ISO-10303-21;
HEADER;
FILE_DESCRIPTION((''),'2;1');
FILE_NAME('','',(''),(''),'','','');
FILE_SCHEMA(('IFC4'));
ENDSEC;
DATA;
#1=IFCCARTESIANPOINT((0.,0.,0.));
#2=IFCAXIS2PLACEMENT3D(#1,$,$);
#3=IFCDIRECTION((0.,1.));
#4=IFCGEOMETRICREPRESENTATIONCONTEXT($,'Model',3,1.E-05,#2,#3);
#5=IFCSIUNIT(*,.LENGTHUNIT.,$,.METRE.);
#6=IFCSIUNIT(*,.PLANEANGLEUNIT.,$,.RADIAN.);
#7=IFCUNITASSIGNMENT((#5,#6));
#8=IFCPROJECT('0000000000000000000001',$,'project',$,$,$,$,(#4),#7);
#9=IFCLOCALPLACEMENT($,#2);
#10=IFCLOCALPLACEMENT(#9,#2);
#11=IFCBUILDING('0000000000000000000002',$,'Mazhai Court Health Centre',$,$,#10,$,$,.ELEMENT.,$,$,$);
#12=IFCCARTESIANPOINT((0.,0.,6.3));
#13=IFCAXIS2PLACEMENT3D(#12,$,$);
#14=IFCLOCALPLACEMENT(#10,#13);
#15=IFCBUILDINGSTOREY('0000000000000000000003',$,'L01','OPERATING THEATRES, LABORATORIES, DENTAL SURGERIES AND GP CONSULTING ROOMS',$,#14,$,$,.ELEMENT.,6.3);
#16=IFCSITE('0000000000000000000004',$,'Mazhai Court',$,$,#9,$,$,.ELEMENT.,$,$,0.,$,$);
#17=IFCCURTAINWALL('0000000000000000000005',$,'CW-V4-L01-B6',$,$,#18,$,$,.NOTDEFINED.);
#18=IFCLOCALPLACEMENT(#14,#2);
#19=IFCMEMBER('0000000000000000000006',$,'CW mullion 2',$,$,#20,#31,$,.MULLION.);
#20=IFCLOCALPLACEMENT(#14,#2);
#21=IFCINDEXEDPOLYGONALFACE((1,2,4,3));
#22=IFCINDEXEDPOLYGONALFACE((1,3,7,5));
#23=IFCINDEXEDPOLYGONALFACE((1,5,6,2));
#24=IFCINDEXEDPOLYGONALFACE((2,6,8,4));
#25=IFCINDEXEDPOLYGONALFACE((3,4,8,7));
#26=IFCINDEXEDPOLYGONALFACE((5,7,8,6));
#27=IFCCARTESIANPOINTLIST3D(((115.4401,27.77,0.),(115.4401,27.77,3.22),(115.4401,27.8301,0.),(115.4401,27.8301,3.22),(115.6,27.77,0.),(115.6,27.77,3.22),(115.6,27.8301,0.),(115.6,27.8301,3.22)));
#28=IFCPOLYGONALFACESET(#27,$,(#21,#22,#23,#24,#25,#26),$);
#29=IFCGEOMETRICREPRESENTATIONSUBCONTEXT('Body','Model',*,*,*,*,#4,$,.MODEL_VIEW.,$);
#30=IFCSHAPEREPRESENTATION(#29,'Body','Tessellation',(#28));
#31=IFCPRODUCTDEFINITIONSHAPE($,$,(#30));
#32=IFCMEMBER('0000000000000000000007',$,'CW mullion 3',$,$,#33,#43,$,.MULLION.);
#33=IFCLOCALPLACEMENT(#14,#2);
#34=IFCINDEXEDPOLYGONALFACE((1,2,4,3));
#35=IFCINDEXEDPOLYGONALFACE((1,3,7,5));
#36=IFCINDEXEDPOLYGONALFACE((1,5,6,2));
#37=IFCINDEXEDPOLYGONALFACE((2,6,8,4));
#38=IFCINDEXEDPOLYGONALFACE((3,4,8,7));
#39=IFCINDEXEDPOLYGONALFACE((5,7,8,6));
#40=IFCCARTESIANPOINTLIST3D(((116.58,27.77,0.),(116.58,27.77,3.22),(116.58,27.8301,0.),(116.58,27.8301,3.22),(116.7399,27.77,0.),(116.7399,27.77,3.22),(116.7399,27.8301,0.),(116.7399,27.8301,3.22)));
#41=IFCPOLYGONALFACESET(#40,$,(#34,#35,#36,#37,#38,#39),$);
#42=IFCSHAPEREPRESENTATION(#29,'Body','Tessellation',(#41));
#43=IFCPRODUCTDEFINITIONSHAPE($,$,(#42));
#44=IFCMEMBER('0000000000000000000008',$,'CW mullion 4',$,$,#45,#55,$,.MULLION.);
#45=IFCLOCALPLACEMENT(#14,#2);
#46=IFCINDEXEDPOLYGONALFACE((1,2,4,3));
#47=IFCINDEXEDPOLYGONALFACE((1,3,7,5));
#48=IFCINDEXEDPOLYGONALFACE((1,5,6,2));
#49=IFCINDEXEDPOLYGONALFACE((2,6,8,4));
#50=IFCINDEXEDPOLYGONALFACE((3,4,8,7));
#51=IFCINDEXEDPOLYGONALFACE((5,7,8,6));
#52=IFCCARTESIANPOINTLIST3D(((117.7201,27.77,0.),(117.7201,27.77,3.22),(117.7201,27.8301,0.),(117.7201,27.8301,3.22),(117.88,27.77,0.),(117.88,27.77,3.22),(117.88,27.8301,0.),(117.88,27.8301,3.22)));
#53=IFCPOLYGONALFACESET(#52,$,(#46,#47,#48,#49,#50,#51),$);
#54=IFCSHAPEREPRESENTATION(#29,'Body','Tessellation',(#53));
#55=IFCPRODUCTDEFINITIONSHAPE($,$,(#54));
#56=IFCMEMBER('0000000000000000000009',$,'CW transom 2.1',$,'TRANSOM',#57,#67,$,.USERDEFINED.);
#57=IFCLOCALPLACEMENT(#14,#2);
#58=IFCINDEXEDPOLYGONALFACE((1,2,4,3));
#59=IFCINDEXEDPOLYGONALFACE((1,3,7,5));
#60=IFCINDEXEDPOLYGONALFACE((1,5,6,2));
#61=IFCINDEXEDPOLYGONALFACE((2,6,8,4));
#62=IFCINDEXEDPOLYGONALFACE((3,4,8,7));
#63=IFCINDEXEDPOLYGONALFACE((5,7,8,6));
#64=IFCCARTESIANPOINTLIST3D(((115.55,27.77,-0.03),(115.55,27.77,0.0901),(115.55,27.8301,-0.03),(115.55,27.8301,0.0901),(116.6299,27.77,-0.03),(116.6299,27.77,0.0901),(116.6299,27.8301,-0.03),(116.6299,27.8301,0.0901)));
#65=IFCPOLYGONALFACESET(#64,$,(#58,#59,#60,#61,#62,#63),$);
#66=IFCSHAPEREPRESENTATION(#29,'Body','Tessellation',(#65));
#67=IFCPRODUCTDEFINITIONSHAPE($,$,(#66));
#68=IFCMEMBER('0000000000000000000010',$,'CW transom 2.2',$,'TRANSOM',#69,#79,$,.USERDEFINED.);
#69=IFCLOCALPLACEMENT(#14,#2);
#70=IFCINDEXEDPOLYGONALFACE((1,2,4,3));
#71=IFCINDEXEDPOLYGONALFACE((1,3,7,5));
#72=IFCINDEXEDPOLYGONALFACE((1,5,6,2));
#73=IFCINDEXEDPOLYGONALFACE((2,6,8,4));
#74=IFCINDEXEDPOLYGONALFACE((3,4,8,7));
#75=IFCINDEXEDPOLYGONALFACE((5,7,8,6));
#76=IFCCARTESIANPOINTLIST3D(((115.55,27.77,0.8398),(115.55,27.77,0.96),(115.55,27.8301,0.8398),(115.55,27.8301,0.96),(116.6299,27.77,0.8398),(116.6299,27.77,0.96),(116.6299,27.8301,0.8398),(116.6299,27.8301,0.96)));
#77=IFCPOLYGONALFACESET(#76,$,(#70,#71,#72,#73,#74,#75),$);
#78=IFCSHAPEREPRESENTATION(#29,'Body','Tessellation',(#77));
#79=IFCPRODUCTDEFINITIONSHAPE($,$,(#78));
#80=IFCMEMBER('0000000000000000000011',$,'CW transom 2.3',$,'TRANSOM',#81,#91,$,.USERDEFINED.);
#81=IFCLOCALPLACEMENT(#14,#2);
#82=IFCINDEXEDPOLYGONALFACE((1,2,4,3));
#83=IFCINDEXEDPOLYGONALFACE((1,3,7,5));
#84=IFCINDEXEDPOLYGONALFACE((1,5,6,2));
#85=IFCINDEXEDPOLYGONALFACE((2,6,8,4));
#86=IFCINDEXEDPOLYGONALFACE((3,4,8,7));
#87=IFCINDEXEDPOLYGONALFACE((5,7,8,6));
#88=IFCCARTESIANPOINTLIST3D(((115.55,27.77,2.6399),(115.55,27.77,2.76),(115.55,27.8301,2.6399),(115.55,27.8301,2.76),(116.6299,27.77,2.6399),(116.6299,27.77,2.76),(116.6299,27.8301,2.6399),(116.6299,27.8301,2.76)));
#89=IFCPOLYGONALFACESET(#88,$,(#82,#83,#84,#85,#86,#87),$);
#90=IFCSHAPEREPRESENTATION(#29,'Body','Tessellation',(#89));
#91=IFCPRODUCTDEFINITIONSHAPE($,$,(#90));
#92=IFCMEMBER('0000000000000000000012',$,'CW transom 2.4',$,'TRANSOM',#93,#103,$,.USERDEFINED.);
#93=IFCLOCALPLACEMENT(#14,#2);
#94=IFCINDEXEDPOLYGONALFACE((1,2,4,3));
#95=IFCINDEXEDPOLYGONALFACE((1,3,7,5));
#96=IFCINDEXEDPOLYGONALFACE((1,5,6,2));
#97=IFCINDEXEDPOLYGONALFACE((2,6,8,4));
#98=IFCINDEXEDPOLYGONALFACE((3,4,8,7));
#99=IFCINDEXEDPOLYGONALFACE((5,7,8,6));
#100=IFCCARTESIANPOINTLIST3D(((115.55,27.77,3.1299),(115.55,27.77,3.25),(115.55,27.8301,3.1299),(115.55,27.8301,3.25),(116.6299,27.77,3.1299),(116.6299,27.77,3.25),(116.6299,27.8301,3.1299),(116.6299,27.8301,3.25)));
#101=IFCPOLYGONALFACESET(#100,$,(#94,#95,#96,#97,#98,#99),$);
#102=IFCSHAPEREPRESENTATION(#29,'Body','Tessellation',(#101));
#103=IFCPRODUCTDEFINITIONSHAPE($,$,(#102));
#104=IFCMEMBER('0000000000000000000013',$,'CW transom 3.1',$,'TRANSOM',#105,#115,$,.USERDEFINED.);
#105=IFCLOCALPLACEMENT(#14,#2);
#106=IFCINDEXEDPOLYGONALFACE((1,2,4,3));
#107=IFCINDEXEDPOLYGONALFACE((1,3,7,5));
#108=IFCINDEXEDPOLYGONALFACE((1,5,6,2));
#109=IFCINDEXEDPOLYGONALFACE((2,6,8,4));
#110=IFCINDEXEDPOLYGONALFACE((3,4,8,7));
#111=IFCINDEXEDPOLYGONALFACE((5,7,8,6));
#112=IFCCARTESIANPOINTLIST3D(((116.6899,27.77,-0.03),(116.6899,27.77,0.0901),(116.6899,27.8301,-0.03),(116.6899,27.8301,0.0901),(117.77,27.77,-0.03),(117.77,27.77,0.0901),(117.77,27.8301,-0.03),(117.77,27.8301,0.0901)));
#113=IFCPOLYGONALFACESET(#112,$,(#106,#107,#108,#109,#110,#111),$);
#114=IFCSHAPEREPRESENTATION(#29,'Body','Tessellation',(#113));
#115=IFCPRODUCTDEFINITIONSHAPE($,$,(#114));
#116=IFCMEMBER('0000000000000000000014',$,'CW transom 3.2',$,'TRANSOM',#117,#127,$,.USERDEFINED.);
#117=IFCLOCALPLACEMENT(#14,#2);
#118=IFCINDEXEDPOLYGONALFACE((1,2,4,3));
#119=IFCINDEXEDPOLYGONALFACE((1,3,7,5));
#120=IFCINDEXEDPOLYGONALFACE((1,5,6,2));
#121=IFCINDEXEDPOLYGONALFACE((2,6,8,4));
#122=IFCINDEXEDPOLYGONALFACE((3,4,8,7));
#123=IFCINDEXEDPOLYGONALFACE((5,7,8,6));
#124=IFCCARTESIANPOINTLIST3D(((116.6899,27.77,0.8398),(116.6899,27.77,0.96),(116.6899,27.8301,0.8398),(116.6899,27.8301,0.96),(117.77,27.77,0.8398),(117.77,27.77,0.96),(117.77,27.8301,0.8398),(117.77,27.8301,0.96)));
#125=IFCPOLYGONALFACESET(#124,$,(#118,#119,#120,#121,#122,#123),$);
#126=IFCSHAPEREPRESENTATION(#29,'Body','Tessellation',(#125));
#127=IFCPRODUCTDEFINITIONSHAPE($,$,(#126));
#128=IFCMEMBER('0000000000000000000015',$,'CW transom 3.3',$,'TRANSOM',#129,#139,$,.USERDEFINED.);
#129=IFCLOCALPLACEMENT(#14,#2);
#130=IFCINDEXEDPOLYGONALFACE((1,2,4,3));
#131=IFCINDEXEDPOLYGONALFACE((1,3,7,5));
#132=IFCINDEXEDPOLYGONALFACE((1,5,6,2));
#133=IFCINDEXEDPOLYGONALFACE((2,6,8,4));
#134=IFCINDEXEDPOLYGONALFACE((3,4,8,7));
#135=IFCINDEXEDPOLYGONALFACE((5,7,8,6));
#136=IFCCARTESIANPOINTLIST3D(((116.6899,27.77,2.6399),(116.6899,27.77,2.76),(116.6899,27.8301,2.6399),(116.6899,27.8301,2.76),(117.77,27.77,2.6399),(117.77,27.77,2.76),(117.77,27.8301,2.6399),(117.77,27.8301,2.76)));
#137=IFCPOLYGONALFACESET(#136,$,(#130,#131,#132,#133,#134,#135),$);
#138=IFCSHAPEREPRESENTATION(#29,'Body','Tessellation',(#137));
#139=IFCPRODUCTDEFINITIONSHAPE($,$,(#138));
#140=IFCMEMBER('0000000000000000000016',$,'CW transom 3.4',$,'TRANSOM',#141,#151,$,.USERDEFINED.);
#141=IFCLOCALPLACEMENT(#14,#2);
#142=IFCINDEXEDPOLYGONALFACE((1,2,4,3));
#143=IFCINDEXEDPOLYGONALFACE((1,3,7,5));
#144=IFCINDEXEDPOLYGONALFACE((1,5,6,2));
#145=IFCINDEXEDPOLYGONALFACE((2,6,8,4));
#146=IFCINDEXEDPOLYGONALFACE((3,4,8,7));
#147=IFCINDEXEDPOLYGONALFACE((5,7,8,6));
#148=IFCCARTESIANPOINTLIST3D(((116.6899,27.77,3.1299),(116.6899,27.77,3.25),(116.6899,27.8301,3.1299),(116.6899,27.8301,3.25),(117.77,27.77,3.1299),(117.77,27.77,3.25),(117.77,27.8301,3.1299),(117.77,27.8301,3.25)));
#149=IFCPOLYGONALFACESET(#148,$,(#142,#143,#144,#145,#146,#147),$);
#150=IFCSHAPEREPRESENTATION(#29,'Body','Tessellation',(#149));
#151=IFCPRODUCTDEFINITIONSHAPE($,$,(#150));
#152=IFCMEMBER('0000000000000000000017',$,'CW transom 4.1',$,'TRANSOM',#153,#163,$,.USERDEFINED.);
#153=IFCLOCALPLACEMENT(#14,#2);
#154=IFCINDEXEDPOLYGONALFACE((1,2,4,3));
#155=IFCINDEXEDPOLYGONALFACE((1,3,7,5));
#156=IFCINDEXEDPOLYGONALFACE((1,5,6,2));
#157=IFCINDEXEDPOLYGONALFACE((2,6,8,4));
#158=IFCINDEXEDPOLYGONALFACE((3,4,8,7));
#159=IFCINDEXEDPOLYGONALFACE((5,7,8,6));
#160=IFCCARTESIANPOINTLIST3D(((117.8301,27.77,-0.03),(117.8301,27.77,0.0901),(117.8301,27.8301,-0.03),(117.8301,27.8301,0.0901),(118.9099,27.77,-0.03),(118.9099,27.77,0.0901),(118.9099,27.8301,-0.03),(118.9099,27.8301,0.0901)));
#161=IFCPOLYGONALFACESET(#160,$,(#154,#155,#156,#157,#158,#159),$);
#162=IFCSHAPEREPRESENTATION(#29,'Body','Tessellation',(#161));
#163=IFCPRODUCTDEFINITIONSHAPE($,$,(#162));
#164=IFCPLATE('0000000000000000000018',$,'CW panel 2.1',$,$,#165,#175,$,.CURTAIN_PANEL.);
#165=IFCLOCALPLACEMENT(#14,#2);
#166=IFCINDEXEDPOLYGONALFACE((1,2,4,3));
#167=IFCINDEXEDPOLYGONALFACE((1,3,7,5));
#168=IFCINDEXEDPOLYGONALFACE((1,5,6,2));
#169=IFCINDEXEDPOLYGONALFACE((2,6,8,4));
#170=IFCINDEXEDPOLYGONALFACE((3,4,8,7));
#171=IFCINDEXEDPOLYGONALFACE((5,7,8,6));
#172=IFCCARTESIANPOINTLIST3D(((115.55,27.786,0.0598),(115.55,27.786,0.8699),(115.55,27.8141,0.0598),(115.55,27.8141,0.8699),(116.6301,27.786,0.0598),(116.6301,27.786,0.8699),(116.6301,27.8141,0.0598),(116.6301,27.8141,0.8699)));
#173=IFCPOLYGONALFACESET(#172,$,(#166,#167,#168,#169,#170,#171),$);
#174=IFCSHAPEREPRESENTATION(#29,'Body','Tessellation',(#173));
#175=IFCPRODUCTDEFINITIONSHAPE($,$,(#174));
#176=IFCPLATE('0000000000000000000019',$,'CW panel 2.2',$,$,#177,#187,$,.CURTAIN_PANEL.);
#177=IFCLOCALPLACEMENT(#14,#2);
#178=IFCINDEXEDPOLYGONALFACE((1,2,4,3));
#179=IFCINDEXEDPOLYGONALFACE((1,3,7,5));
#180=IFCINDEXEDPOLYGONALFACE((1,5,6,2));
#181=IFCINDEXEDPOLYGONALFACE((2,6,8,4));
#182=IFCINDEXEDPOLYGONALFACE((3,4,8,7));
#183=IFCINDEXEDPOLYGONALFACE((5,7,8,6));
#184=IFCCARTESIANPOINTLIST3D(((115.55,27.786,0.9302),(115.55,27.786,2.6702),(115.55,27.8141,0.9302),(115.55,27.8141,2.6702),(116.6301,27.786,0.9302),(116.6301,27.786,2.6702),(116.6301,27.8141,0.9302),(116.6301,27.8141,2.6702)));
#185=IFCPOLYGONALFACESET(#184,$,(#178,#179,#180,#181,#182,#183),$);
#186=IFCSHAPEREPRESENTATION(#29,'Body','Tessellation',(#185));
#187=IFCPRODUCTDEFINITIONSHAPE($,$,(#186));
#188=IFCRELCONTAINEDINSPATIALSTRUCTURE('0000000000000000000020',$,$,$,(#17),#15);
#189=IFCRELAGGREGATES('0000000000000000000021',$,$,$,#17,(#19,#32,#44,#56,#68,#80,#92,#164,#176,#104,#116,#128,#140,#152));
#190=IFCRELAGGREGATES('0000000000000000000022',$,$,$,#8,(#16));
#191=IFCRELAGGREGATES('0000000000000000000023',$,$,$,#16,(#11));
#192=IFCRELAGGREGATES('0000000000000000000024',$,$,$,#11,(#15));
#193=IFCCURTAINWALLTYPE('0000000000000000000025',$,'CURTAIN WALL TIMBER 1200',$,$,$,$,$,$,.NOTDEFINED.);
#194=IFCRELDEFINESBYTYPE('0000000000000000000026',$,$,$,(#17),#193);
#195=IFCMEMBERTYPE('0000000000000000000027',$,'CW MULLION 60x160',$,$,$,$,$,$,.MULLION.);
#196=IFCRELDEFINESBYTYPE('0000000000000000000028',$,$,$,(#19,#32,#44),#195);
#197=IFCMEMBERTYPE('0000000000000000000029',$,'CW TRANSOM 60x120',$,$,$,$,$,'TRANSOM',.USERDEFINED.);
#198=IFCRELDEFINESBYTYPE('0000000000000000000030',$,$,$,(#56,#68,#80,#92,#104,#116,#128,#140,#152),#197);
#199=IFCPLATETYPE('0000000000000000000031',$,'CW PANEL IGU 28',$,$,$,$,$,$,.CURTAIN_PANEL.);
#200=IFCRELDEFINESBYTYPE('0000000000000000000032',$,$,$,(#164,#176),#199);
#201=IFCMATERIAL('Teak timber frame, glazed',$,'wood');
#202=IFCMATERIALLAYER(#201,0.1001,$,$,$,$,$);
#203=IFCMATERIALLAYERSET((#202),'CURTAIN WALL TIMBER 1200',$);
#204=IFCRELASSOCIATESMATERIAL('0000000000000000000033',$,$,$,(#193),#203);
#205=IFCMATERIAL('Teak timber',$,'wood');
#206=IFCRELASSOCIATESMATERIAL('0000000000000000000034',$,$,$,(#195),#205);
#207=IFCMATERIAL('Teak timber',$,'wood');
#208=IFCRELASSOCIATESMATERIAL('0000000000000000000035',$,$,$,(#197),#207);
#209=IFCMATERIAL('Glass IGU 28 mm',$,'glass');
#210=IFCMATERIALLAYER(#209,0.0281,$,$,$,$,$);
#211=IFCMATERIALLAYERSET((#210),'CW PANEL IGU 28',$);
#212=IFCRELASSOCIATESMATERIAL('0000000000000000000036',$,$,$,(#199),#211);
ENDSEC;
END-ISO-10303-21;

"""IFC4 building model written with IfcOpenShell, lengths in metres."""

from ifc_helpers import new_model, si_unit, direction, frame, origin, origin_2d, place, context, subcontext, project, spatial, rectangle, extrude, material, layer, layer_set, material_profile, profile_set, type_object, element, aggregate, save


model = new_model("IFC4")

# Units and contexts
model_context = context("Model", 3, precision=1e-05, world=origin(), true_north=direction((0.0, 1.0)))
body_context = subcontext(model_context, "Body", "Model", "MODEL_VIEW")
ifc_project = project(units=[si_unit("LENGTHUNIT", "METRE"), si_unit("PLANEANGLEUNIT", "RADIAN")], contexts=[model_context])

# Site, building, storey
site_placement = place(None, origin())
site = spatial("IfcSite", under=ifc_project, at=site_placement, Name="Mazhai Court", CompositionType="ELEMENT", RefElevation=0.0)
building_placement = place(site_placement, origin())
building = spatial("IfcBuilding", under=site, at=building_placement, Name="Mazhai Court Health Centre", CompositionType="ELEMENT")
storey_placement = place(building_placement, frame((0.0, 0.0, 6.3)))
storey = spatial("IfcBuildingStorey", under=building, at=storey_placement, Name="L01", Description="OPERATING THEATRES, LABORATORIES, DENTAL SURGERIES AND GP CONSULTING ROOMS", CompositionType="ELEMENT", Elevation=6.3)

# Curtain wall, members, plates
ifc_material_1 = material(Name="Teak timber frame, glazed", Category="wood")
ifc_layer_1 = layer(ifc_material_1, 0.1001)
ifc_layer_set_1 = layer_set([ifc_layer_1], Name="CURTAIN WALL TIMBER 1200")
curtain_wall_type = type_object("IfcCurtainWallType", Name="CURTAIN WALL TIMBER 1200", PredefinedType="NOTDEFINED", material=ifc_layer_set_1)
curtain_wall_placement = place(storey_placement, origin())
curtain_wall = element("IfcCurtainWall", 1, at=curtain_wall_placement, inside=storey, type_object=curtain_wall_type, Name="CW-V4-L01-B6", PredefinedType="NOTDEFINED")
ifc_material_2 = material(Name="Teak timber", Category="wood")
ifc_material_profile_1 = material_profile(ifc_material_2, rectangle(XDim=0.0601, YDim=0.1599, at=origin_2d()), Name="CW MULLION 60x160")
ifc_profile_set_1 = profile_set([ifc_material_profile_1], Name="Teak timber")
member_type_1 = type_object("IfcMemberType", Name="CW MULLION 60x160", PredefinedType="MULLION", material=ifc_profile_set_1)
member_1_placement = place(storey_placement, frame((115.52, 27.8, 0.0), z_axis=(0.0, 0.0, 1.0), x_axis=(0.0, 1.0, 0.0)))
member_1 = element("IfcMember", 2, at=member_1_placement, type_object=member_type_1, Name="CW mullion 2", PredefinedType="MULLION", context=body_context, shape_type="SweptSolid", body=[
    extrude(rectangle(XDim=0.0601, YDim=0.1599, at=origin_2d()), origin(), (0.0, 0.0, 1.0), 3.22),
])
member_2_placement = place(storey_placement, frame((116.6599, 27.8, 0.0), z_axis=(0.0, 0.0, 1.0), x_axis=(0.0, 1.0, 0.0)))
member_2 = element("IfcMember", 3, at=member_2_placement, type_object=member_type_1, Name="CW mullion 3", PredefinedType="MULLION", context=body_context, shape_type="SweptSolid", body=[
    extrude(rectangle(XDim=0.0601, YDim=0.1599, at=origin_2d()), origin(), (0.0, 0.0, 1.0), 3.22),
])
member_3_placement = place(storey_placement, frame((117.8, 27.8, 0.0), z_axis=(0.0, 0.0, 1.0), x_axis=(0.0, 1.0, 0.0)))
member_3 = element("IfcMember", 4, at=member_3_placement, type_object=member_type_1, Name="CW mullion 4", PredefinedType="MULLION", context=body_context, shape_type="SweptSolid", body=[
    extrude(rectangle(XDim=0.0601, YDim=0.1599, at=origin_2d()), origin(), (0.0, 0.0, 1.0), 3.22),
])
ifc_material_3 = material(Name="Teak timber", Category="wood")
ifc_material_profile_2 = material_profile(ifc_material_3, rectangle(XDim=0.0601, YDim=0.1201, at=origin_2d()), Name="CW TRANSOM 60x120")
ifc_profile_set_2 = profile_set([ifc_material_profile_2], Name="Teak timber")
member_type_2 = type_object("IfcMemberType", Name="CW TRANSOM 60x120", ElementType="TRANSOM", PredefinedType="USERDEFINED", material=ifc_profile_set_2)
member_4_placement = place(storey_placement, frame((115.55, 27.8, 0.03), z_axis=(1.0, 0.0, 0.0), x_axis=(0.0, 1.0, 0.0)))
member_4 = element("IfcMember", 5, at=member_4_placement, type_object=member_type_2, Name="CW transom 2.1", ObjectType="TRANSOM", PredefinedType="USERDEFINED", context=body_context, shape_type="SweptSolid", body=[
    extrude(rectangle(XDim=0.0601, YDim=0.1201, at=origin_2d()), origin(), (0.0, 0.0, 1.0), 1.0798),
])
member_5_placement = place(storey_placement, frame((115.55, 27.8, 0.8999), z_axis=(1.0, 0.0, 0.0), x_axis=(0.0, 1.0, 0.0)))
member_5 = element("IfcMember", 6, at=member_5_placement, type_object=member_type_2, Name="CW transom 2.2", ObjectType="TRANSOM", PredefinedType="USERDEFINED", context=body_context, shape_type="SweptSolid", body=[
    extrude(rectangle(XDim=0.0601, YDim=0.1201, at=origin_2d()), origin(), (0.0, 0.0, 1.0), 1.0798),
])
member_6_placement = place(storey_placement, frame((115.55, 27.8, 2.7), z_axis=(1.0, 0.0, 0.0), x_axis=(0.0, 1.0, 0.0)))
member_6 = element("IfcMember", 7, at=member_6_placement, type_object=member_type_2, Name="CW transom 2.3", ObjectType="TRANSOM", PredefinedType="USERDEFINED", context=body_context, shape_type="SweptSolid", body=[
    extrude(rectangle(XDim=0.0601, YDim=0.1201, at=origin_2d()), origin(), (0.0, 0.0, 1.0), 1.0798),
])
member_7_placement = place(storey_placement, frame((115.55, 27.8, 3.1899), z_axis=(1.0, 0.0, 0.0), x_axis=(0.0, 1.0, 0.0)))
member_7 = element("IfcMember", 8, at=member_7_placement, type_object=member_type_2, Name="CW transom 2.4", ObjectType="TRANSOM", PredefinedType="USERDEFINED", context=body_context, shape_type="SweptSolid", body=[
    extrude(rectangle(XDim=0.0601, YDim=0.1201, at=origin_2d()), origin(), (0.0, 0.0, 1.0), 1.0798),
])
member_8_placement = place(storey_placement, frame((116.6899, 27.8, 0.03), z_axis=(1.0, 0.0, 0.0), x_axis=(0.0, 1.0, 0.0)))
member_8 = element("IfcMember", 9, at=member_8_placement, type_object=member_type_2, Name="CW transom 3.1", ObjectType="TRANSOM", PredefinedType="USERDEFINED", context=body_context, shape_type="SweptSolid", body=[
    extrude(rectangle(XDim=0.0601, YDim=0.1201, at=origin_2d()), origin(), (0.0, 0.0, 1.0), 1.0801),
])
member_9_placement = place(storey_placement, frame((116.6899, 27.8, 0.8999), z_axis=(1.0, 0.0, 0.0), x_axis=(0.0, 1.0, 0.0)))
member_9 = element("IfcMember", 10, at=member_9_placement, type_object=member_type_2, Name="CW transom 3.2", ObjectType="TRANSOM", PredefinedType="USERDEFINED", context=body_context, shape_type="SweptSolid", body=[
    extrude(rectangle(XDim=0.0601, YDim=0.1201, at=origin_2d()), origin(), (0.0, 0.0, 1.0), 1.0801),
])
member_10_placement = place(storey_placement, frame((116.6899, 27.8, 2.7), z_axis=(1.0, 0.0, 0.0), x_axis=(0.0, 1.0, 0.0)))
member_10 = element("IfcMember", 11, at=member_10_placement, type_object=member_type_2, Name="CW transom 3.3", ObjectType="TRANSOM", PredefinedType="USERDEFINED", context=body_context, shape_type="SweptSolid", body=[
    extrude(rectangle(XDim=0.0601, YDim=0.1201, at=origin_2d()), origin(), (0.0, 0.0, 1.0), 1.0801),
])
member_11_placement = place(storey_placement, frame((116.6899, 27.8, 3.1899), z_axis=(1.0, 0.0, 0.0), x_axis=(0.0, 1.0, 0.0)))
member_11 = element("IfcMember", 12, at=member_11_placement, type_object=member_type_2, Name="CW transom 3.4", ObjectType="TRANSOM", PredefinedType="USERDEFINED", context=body_context, shape_type="SweptSolid", body=[
    extrude(rectangle(XDim=0.0601, YDim=0.1201, at=origin_2d()), origin(), (0.0, 0.0, 1.0), 1.0801),
])
member_12_placement = place(storey_placement, frame((117.8301, 27.8, 0.03), z_axis=(1.0, 0.0, 0.0), x_axis=(0.0, 1.0, 0.0)))
member_12 = element("IfcMember", 13, at=member_12_placement, type_object=member_type_2, Name="CW transom 4.1", ObjectType="TRANSOM", PredefinedType="USERDEFINED", context=body_context, shape_type="SweptSolid", body=[
    extrude(rectangle(XDim=0.0601, YDim=0.1201, at=origin_2d()), origin(), (0.0, 0.0, 1.0), 1.0798),
])
ifc_material_4 = material(Name="Glass IGU 28 mm", Category="glass")
ifc_layer_2 = layer(ifc_material_4, 0.0281)
ifc_layer_set_2 = layer_set([ifc_layer_2], Name="CW PANEL IGU 28")
plate_type = type_object("IfcPlateType", Name="CW PANEL IGU 28", PredefinedType="CURTAIN_PANEL", material=ifc_layer_set_2)
plate_1_placement = place(storey_placement, frame((116.0901, 27.8, 0.0598), z_axis=(0.0, 0.0, 1.0), x_axis=(1.0, 0.0, 0.0)))
plate_1 = element("IfcPlate", 14, at=plate_1_placement, type_object=plate_type, Name="CW panel 2.1", PredefinedType="CURTAIN_PANEL", context=body_context, shape_type="SweptSolid", body=[
    extrude(rectangle(XDim=1.0801, YDim=0.0281, at=origin_2d()), origin(), (0.0, 0.0, 1.0), 0.8101),
])
plate_2_placement = place(storey_placement, frame((116.0901, 27.8, 0.9302), z_axis=(0.0, 0.0, 1.0), x_axis=(1.0, 0.0, 0.0)))
plate_2 = element("IfcPlate", 15, at=plate_2_placement, type_object=plate_type, Name="CW panel 2.2", PredefinedType="CURTAIN_PANEL", context=body_context, shape_type="SweptSolid", body=[
    extrude(rectangle(XDim=1.0801, YDim=0.0281, at=origin_2d()), origin(), (0.0, 0.0, 1.0), 1.74),
])
aggregate(curtain_wall, [member_1, member_2, member_3, member_4, member_5, member_6, member_7, plate_1, plate_2, member_8, member_9, member_10, member_11, member_12])

save(model, "model.ifc")
